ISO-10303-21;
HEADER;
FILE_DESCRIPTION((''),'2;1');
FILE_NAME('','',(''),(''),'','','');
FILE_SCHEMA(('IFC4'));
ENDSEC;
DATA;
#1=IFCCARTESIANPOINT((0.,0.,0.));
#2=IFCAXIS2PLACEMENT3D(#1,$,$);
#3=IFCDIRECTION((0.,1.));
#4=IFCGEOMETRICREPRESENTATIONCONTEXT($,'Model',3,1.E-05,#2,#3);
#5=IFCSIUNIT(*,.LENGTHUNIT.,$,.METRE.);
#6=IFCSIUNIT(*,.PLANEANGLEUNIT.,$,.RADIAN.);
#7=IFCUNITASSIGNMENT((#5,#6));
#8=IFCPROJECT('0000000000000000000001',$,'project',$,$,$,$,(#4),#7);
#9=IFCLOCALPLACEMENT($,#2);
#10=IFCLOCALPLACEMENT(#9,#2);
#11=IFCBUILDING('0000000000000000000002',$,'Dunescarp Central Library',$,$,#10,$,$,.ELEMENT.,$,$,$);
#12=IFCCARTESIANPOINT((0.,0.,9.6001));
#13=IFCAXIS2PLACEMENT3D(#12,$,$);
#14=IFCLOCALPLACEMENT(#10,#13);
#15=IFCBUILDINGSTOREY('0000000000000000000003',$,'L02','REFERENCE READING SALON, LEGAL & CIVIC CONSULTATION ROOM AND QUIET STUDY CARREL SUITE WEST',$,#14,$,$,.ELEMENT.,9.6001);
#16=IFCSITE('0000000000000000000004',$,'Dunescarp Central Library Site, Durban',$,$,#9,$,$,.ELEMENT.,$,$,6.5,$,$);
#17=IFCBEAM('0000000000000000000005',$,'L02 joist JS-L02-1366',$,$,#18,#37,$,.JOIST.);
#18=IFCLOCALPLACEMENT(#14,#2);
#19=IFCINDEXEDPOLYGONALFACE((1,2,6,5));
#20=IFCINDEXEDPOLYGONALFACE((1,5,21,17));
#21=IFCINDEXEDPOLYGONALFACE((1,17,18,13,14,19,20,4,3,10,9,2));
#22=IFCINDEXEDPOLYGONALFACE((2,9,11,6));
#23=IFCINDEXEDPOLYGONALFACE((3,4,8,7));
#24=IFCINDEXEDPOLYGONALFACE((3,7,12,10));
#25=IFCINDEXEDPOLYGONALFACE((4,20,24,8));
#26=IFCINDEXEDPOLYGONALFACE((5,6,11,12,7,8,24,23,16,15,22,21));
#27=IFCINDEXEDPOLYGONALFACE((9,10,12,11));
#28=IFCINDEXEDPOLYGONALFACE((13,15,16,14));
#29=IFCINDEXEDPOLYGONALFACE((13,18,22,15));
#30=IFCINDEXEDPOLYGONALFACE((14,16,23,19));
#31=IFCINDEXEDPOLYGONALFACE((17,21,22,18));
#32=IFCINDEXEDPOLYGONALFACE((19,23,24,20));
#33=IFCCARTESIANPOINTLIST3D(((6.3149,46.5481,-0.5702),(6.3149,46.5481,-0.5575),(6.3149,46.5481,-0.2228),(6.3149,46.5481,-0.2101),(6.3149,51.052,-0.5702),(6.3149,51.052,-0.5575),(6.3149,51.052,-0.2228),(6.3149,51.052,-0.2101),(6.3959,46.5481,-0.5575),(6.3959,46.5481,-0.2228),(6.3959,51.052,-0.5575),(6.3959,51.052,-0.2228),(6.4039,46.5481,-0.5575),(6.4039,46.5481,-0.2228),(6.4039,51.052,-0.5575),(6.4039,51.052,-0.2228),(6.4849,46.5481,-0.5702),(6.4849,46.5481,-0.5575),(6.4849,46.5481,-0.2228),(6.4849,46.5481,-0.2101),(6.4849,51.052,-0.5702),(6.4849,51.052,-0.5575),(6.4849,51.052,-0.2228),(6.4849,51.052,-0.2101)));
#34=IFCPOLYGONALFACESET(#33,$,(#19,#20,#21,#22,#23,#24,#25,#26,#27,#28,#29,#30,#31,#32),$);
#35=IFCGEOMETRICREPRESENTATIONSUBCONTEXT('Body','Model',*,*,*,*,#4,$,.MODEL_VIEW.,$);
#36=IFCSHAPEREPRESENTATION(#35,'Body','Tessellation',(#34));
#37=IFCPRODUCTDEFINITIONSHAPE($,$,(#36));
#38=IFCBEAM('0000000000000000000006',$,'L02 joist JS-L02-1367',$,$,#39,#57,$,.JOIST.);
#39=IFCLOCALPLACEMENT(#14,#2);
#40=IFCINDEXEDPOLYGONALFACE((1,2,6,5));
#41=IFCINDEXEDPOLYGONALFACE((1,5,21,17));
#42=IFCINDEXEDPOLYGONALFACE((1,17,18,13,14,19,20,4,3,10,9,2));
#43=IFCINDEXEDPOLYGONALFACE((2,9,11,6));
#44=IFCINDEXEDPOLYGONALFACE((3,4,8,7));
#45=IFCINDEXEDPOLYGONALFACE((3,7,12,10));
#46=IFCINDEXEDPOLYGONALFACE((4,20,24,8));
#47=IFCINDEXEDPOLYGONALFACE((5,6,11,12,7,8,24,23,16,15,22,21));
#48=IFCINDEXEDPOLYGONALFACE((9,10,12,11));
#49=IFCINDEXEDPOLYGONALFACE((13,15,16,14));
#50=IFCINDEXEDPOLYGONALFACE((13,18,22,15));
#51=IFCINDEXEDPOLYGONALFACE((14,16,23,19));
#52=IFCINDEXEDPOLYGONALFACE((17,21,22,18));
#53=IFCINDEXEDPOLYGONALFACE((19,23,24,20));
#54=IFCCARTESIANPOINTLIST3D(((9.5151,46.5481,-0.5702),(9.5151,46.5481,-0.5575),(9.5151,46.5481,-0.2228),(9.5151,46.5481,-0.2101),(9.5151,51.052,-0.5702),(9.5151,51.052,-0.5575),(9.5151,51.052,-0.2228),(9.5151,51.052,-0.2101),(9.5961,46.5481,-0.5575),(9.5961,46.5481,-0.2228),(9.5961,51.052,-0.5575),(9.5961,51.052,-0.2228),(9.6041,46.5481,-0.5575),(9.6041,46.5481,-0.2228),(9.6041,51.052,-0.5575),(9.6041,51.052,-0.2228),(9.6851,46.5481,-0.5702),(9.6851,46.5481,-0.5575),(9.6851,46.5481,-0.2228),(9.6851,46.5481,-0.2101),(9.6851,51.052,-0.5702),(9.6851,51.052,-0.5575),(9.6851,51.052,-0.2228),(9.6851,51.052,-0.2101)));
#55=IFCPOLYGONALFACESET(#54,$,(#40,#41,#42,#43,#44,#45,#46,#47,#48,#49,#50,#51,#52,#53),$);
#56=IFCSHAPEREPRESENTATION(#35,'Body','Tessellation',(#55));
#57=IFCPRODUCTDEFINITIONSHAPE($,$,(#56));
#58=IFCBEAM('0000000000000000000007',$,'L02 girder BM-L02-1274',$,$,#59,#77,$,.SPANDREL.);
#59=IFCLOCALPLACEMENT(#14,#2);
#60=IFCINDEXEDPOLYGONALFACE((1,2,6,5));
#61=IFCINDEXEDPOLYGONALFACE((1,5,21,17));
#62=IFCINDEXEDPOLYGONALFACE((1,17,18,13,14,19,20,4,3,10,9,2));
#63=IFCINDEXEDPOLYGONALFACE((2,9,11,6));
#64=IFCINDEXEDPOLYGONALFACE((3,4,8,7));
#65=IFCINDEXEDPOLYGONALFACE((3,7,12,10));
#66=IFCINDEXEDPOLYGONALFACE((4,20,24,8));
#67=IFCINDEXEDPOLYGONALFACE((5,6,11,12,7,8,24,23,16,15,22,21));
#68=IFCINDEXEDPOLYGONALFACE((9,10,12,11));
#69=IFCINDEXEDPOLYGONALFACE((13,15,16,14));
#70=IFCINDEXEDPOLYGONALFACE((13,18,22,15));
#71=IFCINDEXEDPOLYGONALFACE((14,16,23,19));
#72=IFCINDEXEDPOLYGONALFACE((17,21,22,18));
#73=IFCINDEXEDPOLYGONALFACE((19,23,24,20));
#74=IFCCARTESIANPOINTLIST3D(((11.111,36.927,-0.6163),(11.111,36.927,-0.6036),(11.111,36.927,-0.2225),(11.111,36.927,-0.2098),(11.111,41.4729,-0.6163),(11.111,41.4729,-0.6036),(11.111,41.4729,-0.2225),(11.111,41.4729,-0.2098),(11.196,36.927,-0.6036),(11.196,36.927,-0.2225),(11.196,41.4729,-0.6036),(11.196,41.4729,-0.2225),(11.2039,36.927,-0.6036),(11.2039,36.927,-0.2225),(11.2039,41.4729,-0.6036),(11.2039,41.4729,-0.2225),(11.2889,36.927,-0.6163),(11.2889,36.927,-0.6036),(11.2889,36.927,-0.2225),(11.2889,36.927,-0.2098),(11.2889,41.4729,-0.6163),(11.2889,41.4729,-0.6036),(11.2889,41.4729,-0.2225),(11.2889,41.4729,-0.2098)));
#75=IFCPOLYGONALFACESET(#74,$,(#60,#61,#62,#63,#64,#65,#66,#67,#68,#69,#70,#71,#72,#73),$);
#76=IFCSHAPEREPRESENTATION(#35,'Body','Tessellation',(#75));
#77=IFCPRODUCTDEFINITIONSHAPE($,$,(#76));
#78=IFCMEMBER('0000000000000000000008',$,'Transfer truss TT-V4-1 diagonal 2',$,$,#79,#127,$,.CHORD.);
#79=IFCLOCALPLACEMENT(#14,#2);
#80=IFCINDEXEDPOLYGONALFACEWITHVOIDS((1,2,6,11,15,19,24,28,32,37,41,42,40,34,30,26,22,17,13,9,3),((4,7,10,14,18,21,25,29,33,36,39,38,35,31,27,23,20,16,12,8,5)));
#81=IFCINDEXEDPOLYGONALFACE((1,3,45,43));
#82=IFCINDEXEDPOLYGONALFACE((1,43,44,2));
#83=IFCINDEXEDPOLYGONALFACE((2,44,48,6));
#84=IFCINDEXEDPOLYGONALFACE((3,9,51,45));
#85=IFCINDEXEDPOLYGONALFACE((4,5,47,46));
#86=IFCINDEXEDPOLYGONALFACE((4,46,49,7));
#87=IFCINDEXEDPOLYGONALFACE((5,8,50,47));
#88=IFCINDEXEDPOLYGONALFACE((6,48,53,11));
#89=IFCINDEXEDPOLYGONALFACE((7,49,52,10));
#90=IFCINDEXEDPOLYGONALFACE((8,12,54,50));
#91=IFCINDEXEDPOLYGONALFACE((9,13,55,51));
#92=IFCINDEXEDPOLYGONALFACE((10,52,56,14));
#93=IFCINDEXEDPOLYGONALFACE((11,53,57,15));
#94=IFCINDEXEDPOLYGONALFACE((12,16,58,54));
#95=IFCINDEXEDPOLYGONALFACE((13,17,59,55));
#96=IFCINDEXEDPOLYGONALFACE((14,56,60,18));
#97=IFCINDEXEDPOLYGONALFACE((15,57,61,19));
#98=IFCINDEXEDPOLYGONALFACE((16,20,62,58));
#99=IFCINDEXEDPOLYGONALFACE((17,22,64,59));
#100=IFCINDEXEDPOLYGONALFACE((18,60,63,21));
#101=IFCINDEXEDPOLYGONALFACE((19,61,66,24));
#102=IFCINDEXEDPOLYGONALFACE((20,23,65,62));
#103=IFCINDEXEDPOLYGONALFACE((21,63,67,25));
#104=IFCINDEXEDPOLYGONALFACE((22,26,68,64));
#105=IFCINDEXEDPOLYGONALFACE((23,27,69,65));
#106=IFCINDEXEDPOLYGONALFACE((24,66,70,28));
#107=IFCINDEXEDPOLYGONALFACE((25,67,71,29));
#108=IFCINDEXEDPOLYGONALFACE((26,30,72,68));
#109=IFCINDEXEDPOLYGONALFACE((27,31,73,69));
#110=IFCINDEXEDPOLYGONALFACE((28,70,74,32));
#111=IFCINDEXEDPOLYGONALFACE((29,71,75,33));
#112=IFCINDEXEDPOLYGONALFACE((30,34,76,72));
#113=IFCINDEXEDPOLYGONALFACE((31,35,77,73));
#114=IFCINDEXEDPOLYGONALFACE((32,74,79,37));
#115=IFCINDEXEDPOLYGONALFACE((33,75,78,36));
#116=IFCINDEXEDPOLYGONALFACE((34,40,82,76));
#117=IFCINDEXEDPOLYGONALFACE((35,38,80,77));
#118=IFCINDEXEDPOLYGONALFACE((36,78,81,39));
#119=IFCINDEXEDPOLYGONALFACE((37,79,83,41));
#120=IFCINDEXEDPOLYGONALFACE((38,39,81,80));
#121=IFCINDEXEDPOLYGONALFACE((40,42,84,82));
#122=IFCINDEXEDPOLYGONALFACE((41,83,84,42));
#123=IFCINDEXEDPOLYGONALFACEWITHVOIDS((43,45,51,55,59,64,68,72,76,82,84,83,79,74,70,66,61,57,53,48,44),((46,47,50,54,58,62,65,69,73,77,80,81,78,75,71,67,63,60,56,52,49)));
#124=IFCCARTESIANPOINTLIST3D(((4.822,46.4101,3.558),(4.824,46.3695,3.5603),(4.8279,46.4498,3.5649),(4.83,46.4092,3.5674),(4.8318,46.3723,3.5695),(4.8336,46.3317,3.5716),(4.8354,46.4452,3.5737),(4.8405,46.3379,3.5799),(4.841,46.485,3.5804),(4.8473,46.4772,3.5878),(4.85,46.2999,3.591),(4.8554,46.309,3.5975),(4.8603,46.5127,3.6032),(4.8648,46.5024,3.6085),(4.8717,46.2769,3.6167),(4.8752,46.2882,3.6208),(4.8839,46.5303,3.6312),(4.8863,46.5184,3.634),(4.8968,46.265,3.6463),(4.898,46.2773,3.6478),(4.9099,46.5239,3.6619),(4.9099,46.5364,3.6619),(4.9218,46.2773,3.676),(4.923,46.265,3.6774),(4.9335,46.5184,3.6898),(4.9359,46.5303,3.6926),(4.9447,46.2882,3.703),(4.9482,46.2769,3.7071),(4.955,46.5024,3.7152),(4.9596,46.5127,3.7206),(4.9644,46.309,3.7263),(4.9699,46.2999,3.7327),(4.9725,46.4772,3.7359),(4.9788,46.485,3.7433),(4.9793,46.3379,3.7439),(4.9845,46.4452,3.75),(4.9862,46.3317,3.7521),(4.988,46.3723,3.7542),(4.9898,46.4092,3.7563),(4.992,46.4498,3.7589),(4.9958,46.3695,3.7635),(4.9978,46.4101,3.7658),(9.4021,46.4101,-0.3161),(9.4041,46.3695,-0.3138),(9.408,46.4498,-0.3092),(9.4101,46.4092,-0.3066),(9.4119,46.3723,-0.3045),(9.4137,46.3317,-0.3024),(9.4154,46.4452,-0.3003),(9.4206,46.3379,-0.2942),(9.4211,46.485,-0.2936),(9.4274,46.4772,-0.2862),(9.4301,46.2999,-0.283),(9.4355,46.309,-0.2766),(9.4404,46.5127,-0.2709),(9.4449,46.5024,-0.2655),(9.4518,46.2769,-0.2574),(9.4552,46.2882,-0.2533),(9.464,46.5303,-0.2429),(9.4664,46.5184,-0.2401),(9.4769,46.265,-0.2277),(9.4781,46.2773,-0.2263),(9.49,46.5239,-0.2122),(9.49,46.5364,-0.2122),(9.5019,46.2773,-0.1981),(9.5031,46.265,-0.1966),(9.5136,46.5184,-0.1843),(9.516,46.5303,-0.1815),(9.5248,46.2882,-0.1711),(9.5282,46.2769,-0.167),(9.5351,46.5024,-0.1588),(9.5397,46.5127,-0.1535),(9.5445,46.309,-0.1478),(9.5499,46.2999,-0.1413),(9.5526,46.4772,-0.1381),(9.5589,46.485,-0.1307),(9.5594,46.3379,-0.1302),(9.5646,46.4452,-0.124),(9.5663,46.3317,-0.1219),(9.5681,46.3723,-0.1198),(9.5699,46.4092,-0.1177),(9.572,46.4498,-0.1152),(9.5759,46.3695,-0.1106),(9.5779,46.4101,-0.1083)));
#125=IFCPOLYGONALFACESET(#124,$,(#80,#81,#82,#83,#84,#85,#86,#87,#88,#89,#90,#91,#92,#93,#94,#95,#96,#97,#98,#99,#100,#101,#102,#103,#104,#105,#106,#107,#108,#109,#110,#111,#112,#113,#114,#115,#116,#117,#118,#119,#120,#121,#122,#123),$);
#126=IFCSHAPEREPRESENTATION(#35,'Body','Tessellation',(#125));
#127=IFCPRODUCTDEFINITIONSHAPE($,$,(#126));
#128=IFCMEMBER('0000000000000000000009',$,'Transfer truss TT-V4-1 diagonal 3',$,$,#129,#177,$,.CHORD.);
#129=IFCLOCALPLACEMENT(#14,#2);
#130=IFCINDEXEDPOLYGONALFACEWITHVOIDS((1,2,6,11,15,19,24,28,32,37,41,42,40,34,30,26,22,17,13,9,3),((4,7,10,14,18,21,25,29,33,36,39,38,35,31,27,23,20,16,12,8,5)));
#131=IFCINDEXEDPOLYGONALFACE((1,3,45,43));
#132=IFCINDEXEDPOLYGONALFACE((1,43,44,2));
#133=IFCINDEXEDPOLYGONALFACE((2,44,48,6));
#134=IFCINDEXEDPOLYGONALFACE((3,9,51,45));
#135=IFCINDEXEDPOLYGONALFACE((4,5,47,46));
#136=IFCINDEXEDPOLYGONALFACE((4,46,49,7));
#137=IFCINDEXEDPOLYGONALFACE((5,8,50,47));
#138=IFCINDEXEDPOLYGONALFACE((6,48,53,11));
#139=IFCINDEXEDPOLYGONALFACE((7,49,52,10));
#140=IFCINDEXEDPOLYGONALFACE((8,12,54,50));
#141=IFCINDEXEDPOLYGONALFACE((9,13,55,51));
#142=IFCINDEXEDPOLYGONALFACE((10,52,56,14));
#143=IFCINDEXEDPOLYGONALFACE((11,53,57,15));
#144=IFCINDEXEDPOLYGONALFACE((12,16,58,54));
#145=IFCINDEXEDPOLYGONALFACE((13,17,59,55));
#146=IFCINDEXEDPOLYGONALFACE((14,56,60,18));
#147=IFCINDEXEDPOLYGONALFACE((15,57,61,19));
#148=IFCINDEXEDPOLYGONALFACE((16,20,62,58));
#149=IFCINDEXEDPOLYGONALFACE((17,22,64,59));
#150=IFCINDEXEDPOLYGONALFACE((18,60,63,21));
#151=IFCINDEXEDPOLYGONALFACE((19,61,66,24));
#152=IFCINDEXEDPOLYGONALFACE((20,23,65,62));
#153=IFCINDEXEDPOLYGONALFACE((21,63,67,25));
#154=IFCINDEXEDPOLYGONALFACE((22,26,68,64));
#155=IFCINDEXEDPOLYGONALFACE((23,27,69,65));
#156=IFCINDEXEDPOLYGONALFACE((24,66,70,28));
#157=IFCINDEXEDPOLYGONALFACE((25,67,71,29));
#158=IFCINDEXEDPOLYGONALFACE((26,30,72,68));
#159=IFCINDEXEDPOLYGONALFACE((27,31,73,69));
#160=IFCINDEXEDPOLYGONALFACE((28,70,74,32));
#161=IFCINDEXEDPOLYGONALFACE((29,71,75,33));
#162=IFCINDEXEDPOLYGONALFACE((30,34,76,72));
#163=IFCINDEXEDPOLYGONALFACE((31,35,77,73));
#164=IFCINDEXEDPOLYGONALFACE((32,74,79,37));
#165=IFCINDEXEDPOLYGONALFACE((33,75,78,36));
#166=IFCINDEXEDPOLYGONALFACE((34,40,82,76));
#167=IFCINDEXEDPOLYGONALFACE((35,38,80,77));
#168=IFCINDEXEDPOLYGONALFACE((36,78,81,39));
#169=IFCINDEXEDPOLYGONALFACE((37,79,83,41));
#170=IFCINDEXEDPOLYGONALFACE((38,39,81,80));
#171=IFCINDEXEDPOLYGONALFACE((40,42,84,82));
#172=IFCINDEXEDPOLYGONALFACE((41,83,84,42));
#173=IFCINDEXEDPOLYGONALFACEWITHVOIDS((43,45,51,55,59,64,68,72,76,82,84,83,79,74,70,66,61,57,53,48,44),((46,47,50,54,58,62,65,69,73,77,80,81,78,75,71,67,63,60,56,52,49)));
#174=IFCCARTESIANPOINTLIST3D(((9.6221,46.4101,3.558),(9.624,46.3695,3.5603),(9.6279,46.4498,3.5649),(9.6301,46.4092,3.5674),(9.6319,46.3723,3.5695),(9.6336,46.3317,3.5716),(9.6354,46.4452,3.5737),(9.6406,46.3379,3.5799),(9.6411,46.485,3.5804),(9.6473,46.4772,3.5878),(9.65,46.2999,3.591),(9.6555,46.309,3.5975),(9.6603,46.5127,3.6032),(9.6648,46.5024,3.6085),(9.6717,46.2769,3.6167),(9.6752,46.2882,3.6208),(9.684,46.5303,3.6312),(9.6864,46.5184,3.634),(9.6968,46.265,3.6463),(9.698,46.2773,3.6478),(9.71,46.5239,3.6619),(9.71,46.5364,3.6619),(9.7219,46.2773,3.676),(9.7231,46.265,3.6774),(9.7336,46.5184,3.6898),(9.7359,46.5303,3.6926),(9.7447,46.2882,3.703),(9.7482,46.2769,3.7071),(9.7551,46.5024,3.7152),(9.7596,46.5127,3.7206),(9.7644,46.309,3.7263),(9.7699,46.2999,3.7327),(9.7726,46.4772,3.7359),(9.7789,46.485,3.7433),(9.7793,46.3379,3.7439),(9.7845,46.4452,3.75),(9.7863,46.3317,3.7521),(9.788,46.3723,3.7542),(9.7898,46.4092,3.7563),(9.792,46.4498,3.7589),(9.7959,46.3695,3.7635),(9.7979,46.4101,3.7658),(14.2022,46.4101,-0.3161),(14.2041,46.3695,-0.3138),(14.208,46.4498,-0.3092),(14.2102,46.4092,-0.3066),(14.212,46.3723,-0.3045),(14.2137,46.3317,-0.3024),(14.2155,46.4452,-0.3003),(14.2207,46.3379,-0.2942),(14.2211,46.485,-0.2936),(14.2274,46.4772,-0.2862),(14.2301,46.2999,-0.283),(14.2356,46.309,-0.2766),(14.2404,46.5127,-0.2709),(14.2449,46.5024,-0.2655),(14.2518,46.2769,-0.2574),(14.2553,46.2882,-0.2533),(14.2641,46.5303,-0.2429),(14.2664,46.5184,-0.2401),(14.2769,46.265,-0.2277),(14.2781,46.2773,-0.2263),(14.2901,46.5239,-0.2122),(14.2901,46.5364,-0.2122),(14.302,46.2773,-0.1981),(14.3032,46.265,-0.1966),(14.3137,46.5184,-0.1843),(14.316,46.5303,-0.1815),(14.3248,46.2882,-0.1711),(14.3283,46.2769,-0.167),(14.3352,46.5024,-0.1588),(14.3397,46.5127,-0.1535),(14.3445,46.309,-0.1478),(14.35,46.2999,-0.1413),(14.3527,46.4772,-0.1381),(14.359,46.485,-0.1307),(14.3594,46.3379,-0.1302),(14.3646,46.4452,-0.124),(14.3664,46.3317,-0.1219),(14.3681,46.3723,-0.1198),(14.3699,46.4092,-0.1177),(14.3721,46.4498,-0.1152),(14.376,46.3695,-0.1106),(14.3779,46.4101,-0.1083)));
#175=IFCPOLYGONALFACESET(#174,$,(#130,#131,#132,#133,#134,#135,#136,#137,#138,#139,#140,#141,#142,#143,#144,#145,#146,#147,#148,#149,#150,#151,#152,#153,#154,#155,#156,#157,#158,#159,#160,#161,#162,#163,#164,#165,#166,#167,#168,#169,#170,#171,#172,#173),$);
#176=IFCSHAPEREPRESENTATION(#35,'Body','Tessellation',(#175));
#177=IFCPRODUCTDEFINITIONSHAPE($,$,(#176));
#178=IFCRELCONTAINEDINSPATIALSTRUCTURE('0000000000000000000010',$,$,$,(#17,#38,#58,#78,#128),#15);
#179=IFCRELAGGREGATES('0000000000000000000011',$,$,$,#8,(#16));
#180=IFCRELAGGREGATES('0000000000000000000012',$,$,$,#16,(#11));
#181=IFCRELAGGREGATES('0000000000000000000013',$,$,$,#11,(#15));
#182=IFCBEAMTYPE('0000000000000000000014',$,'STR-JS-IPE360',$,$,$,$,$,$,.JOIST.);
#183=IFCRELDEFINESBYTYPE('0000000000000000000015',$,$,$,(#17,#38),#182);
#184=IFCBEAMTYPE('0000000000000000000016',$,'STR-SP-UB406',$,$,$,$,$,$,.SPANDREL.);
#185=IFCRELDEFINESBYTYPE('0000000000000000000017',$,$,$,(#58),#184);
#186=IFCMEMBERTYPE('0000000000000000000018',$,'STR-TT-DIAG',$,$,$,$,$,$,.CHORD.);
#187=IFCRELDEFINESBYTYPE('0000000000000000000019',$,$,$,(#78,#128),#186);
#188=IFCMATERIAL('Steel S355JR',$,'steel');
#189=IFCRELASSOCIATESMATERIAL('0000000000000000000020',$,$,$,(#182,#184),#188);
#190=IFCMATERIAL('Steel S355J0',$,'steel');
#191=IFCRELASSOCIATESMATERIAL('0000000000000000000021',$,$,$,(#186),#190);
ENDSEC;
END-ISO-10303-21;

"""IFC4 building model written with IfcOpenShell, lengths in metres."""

from ifc_helpers import new_model, si_unit, direction, frame, origin, origin_2d, place, context, subcontext, project, spatial, hollow_circle, i_section, extrude, material, material_profile, profile_set, type_object, element, save


model = new_model("IFC4")

# Units and contexts
model_context = context("Model", 3, precision=1e-05, world=origin(), true_north=direction((0.0, 1.0)))
body_context = subcontext(model_context, "Body", "Model", "MODEL_VIEW")
ifc_project = project(units=[si_unit("LENGTHUNIT", "METRE"), si_unit("PLANEANGLEUNIT", "RADIAN")], contexts=[model_context])

# Site, building, storey
site_placement = place(None, origin())
site = spatial("IfcSite", under=ifc_project, at=site_placement, Name="Dunescarp Central Library Site, Durban", CompositionType="ELEMENT", RefElevation=6.5)
building_placement = place(site_placement, origin())
building = spatial("IfcBuilding", under=site, at=building_placement, Name="Dunescarp Central Library", CompositionType="ELEMENT")
storey_placement = place(building_placement, frame((0.0, 0.0, 9.6001)))
storey = spatial("IfcBuildingStorey", under=building, at=storey_placement, Name="L02", Description="REFERENCE READING SALON, LEGAL & CIVIC CONSULTATION ROOM AND QUIET STUDY CARREL SUITE WEST", CompositionType="ELEMENT", Elevation=9.6001)

# Shared definitions
ifc_material_1 = material(Name="Steel S355JR", Category="steel")

# Beams
ifc_material_profile_1 = material_profile(ifc_material_1, i_section(OverallWidth=0.1699, OverallDepth=0.3601, WebThickness=0.0081, FlangeThickness=0.0127, at=origin_2d()), Name="IPE 360")
ifc_profile_set_1 = profile_set([ifc_material_profile_1], Name="Steel S355JR")
beam_type_1 = type_object("IfcBeamType", Name="STR-JS-IPE360", PredefinedType="JOIST", material=ifc_profile_set_1)
for number, where, z_axis, x_axis, name in (
    (1, (6.3999, 46.5481, -0.3901), (0.0, 1.0, 0.0), (-1.0, 0.0, 0.0), "L02 joist JS-L02-1366"),
    (2, (9.6001, 46.5481, -0.3901), (0.0, 1.0, 0.0), (-1.0, 0.0, 0.0), "L02 joist JS-L02-1367"),
):
    element("IfcBeam", number, at=place(storey_placement, frame(where, z_axis=z_axis, x_axis=x_axis)), inside=storey, type_object=beam_type_1, Name=name, PredefinedType="JOIST", context=body_context, shape_type="SweptSolid", body=[
        extrude(i_section(OverallWidth=0.1699, OverallDepth=0.3601, WebThickness=0.0081, FlangeThickness=0.0127, at=origin_2d()), origin(), (0.0, 0.0, 1.0), 4.5039),
    ])
ifc_material_profile_2 = material_profile(ifc_material_1, i_section(OverallWidth=0.178, OverallDepth=0.4065, WebThickness=0.0078, FlangeThickness=0.0127, at=origin_2d()), Name="UB 406x178x60")
ifc_profile_set_2 = profile_set([ifc_material_profile_2], Name="Steel S355JR")
beam_type_2 = type_object("IfcBeamType", Name="STR-SP-UB406", PredefinedType="SPANDREL", material=ifc_profile_set_2)
beam_1_placement = place(storey_placement, frame((11.2, 36.927, -0.4131), z_axis=(0.0, 1.0, 0.0), x_axis=(-1.0, 0.0, 0.0)))
element("IfcBeam", 3, at=beam_1_placement, inside=storey, type_object=beam_type_2, Name="L02 girder BM-L02-1274", PredefinedType="SPANDREL", context=body_context, shape_type="SweptSolid", body=[
    extrude(i_section(OverallWidth=0.178, OverallDepth=0.4065, WebThickness=0.0078, FlangeThickness=0.0127, at=origin_2d()), origin(), (0.0, 0.0, 1.0), 4.5459),
])

# Members
ifc_material_2 = material(Name="Steel S355J0", Category="steel")
ifc_material_profile_3 = material_profile(ifc_material_2, hollow_circle(Radius=0.1365, WallThickness=0.0125, at=origin_2d()), Name="CHS 273x12.5")
ifc_profile_set_3 = profile_set([ifc_material_profile_3], Name="Steel S355J0")
member_type_1 = type_object("IfcMemberType", Name="STR-TT-DIAG", PredefinedType="CHORD", material=ifc_profile_set_3)
for number, where, z_axis, x_axis, name in (
    (4, (4.9099, 46.3999, 3.6619), (0.763504, 0.0, -0.645804), (0.0, 1.0, 0.0), "Transfer truss TT-V4-1 diagonal 2"),
    (5, (9.71, 46.3999, 3.6619), (0.763504, 0.0, -0.645804), (0.0, 1.0, 0.0), "Transfer truss TT-V4-1 diagonal 3"),
):
    element("IfcMember", number, at=place(storey_placement, frame(where, z_axis=z_axis, x_axis=x_axis)), inside=storey, type_object=member_type_1, Name=name, PredefinedType="CHORD", context=body_context, shape_type="SweptSolid", body=[
        extrude(hollow_circle(Radius=0.1365, WallThickness=0.0125, at=origin_2d()), origin(), (0.0, 0.0, 1.0), 5.9988),
    ])

save(model, "model.ifc")
